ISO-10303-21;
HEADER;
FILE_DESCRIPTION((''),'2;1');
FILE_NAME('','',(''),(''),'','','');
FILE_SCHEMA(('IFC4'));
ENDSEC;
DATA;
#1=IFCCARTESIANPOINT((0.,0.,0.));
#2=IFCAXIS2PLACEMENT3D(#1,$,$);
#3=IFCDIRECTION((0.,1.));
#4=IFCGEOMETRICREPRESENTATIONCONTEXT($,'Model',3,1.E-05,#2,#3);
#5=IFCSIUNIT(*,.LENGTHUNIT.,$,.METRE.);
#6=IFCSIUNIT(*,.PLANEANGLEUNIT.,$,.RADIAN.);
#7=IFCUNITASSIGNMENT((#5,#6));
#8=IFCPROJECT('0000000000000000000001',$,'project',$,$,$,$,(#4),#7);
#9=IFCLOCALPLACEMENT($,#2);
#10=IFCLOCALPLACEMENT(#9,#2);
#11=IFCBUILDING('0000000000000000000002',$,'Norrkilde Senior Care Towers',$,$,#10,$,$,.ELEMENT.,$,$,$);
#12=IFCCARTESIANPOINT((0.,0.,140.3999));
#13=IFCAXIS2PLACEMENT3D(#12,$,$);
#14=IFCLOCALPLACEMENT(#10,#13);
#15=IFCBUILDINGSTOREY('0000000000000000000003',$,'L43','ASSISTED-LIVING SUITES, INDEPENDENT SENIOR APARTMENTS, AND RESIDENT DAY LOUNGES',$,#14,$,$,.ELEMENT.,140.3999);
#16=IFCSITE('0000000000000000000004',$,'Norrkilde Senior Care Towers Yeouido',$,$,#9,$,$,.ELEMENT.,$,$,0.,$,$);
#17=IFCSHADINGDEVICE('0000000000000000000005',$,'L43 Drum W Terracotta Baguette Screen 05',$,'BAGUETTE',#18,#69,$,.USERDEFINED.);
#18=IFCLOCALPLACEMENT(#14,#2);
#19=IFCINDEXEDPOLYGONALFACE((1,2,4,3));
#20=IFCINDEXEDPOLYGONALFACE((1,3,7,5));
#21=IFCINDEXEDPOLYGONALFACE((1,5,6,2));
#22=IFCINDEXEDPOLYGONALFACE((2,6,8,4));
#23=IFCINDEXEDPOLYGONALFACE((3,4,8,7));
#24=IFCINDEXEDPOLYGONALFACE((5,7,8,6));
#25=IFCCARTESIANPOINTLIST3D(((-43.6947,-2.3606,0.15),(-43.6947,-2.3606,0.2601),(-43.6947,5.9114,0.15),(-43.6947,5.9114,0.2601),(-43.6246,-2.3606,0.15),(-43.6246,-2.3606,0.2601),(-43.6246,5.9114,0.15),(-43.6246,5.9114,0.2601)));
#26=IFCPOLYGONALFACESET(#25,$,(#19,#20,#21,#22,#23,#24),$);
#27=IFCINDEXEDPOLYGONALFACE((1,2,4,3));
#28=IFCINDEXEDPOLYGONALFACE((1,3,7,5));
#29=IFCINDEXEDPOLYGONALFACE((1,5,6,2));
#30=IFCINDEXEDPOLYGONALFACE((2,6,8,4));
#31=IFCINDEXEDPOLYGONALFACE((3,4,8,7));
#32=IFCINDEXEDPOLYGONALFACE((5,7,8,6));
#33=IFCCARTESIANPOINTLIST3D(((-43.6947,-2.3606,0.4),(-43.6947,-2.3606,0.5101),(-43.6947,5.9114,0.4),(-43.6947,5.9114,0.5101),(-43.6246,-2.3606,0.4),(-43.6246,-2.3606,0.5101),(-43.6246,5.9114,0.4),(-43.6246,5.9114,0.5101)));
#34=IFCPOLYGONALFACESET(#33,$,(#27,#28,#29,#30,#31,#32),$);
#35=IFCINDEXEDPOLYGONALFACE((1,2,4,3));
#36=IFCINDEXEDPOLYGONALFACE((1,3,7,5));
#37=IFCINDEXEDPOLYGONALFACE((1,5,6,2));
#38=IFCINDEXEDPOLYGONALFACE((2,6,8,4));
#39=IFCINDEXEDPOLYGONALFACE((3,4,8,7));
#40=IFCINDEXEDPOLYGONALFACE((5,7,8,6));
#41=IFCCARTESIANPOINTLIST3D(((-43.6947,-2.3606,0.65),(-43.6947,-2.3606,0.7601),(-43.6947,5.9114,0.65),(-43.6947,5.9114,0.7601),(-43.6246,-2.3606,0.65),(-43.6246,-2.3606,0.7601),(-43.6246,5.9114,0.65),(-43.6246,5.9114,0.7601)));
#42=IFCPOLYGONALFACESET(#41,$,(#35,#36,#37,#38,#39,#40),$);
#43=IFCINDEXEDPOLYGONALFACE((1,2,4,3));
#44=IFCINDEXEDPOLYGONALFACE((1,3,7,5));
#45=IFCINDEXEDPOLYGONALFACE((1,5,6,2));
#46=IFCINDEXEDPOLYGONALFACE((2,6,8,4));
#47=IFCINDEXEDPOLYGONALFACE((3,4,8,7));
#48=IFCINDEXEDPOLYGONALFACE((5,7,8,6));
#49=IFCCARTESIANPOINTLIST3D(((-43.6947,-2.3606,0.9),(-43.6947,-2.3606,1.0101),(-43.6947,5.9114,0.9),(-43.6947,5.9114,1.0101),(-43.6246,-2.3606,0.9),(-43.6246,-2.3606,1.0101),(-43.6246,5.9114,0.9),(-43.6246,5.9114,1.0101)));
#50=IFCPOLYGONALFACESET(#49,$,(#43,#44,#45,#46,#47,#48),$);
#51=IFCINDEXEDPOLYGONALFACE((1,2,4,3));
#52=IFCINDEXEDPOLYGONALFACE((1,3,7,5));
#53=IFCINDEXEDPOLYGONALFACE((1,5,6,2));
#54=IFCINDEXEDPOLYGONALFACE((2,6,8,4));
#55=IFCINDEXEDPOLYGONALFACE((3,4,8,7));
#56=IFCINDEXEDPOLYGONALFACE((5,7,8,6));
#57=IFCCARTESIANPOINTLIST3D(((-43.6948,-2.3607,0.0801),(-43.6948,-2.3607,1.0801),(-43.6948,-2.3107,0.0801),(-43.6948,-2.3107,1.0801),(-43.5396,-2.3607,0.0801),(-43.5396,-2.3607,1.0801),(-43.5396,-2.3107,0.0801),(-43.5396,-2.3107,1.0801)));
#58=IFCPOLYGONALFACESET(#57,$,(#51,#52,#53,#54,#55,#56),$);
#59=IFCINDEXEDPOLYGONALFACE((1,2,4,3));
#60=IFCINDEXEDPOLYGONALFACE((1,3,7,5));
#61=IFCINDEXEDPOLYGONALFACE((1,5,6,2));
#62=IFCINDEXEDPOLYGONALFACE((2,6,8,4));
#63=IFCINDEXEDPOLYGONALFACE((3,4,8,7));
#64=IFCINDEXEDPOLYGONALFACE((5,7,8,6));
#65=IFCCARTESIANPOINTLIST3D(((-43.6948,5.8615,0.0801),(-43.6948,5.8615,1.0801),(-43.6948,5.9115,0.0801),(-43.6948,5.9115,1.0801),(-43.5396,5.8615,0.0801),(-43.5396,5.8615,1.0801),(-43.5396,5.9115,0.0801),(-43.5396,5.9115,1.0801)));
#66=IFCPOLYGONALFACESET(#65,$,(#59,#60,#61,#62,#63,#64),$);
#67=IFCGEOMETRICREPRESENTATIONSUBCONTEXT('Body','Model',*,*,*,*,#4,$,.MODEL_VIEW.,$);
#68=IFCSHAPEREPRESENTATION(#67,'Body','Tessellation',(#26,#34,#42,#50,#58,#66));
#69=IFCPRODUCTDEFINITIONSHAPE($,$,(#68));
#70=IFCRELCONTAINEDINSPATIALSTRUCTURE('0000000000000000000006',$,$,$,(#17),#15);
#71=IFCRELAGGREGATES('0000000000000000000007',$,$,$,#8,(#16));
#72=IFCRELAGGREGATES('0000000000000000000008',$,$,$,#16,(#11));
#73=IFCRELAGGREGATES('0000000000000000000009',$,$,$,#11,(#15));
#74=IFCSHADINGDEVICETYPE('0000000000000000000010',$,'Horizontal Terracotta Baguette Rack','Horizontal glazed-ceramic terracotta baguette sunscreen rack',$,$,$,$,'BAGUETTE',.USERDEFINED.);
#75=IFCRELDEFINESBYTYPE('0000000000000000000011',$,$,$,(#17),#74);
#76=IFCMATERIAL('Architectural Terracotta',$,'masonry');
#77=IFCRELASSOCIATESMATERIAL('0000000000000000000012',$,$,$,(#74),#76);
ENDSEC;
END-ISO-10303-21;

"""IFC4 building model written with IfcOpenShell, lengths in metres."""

from ifc_helpers import new_model, si_unit, direction, frame, origin, origin_2d, place, context, subcontext, project, spatial, rectangle, extrude, source, transform, mapped, material, type_object, type_shapes, element, save


model = new_model("IFC4")

# Units and contexts
model_context = context("Model", 3, precision=1e-05, world=origin(), true_north=direction((0.0, 1.0)))
body_context = subcontext(model_context, "Body", "Model", "MODEL_VIEW")
ifc_project = project(units=[si_unit("LENGTHUNIT", "METRE"), si_unit("PLANEANGLEUNIT", "RADIAN")], contexts=[model_context])

# Site, building, storey
site_placement = place(None, origin())
site = spatial("IfcSite", under=ifc_project, at=site_placement, Name="Norrkilde Senior Care Towers Yeouido", CompositionType="ELEMENT", RefElevation=0.0)
building_placement = place(site_placement, origin())
building = spatial("IfcBuilding", under=site, at=building_placement, Name="Norrkilde Senior Care Towers", CompositionType="ELEMENT")
storey_placement = place(building_placement, frame((0.0, 0.0, 140.3999)))
storey = spatial("IfcBuildingStorey", under=building, at=storey_placement, Name="L43", Description="ASSISTED-LIVING SUITES, INDEPENDENT SENIOR APARTMENTS, AND RESIDENT DAY LOUNGES", CompositionType="ELEMENT", Elevation=140.3999)

# Shading device
ifc_material_1 = material(Name="Architectural Terracotta", Category="masonry")
shading_device_type = type_object("IfcShadingDeviceType", Name="Horizontal Terracotta Baguette Rack", Description="Horizontal glazed-ceramic terracotta baguette sunscreen rack", ElementType="BAGUETTE", PredefinedType="USERDEFINED", material=ifc_material_1)
shared_shape_1 = source(origin(), body_context, "Body", "SweptSolid", [
    extrude(rectangle(XDim=0.0701, YDim=0.1101, at=origin_2d()), frame((0.0, 0.0901, 0.125), z_axis=(1.0, 0.0, 0.0), x_axis=(0.0, 1.0, 0.0)), (0.0, 0.0, 1.0), 8.272),
    extrude(rectangle(XDim=0.0701, YDim=0.1101, at=origin_2d()), frame((0.0, 0.0901, 0.375), z_axis=(1.0, 0.0, 0.0), x_axis=(0.0, 1.0, 0.0)), (0.0, 0.0, 1.0), 8.272),
    extrude(rectangle(XDim=0.0701, YDim=0.1101, at=origin_2d()), frame((0.0, 0.0901, 0.625), z_axis=(1.0, 0.0, 0.0), x_axis=(0.0, 1.0, 0.0)), (0.0, 0.0, 1.0), 8.272),
    extrude(rectangle(XDim=0.0701, YDim=0.1101, at=origin_2d()), frame((0.0, 0.0901, 0.875), z_axis=(1.0, 0.0, 0.0), x_axis=(0.0, 1.0, 0.0)), (0.0, 0.0, 1.0), 8.272),
    extrude(rectangle(XDim=0.05, YDim=0.1553, at=origin_2d()), frame((0.0249, 0.0476, 0.0)), (0.0, 0.0, 1.0), 1.0),
    extrude(rectangle(XDim=0.05, YDim=0.1553, at=origin_2d()), frame((8.2471, 0.0476, 0.0)), (0.0, 0.0, 1.0), 1.0),
])
type_shapes(shading_device_type, [shared_shape_1])
shading_device_placement = place(storey_placement, frame((-43.5696, -2.3606, 0.0801), z_axis=(0.0, 0.0, 1.0), x_axis=(0.0, 1.0, 0.0)))
element("IfcShadingDevice", 1, at=shading_device_placement, inside=storey, type_object=shading_device_type, Name="L43 Drum W Terracotta Baguette Screen 05", ObjectType="BAGUETTE", PredefinedType="USERDEFINED", context=body_context, shape_type="MappedRepresentation", body=[
    mapped(shared_shape_1, transform((0.0, 0.0, 0.0), x_axis=(1.0, 0.0, 0.0), y_axis=(0.0, 1.0, 0.0), z_axis=(0.0, 0.0, 1.0), scale=1.0)),
])

save(model, "model.ifc")
